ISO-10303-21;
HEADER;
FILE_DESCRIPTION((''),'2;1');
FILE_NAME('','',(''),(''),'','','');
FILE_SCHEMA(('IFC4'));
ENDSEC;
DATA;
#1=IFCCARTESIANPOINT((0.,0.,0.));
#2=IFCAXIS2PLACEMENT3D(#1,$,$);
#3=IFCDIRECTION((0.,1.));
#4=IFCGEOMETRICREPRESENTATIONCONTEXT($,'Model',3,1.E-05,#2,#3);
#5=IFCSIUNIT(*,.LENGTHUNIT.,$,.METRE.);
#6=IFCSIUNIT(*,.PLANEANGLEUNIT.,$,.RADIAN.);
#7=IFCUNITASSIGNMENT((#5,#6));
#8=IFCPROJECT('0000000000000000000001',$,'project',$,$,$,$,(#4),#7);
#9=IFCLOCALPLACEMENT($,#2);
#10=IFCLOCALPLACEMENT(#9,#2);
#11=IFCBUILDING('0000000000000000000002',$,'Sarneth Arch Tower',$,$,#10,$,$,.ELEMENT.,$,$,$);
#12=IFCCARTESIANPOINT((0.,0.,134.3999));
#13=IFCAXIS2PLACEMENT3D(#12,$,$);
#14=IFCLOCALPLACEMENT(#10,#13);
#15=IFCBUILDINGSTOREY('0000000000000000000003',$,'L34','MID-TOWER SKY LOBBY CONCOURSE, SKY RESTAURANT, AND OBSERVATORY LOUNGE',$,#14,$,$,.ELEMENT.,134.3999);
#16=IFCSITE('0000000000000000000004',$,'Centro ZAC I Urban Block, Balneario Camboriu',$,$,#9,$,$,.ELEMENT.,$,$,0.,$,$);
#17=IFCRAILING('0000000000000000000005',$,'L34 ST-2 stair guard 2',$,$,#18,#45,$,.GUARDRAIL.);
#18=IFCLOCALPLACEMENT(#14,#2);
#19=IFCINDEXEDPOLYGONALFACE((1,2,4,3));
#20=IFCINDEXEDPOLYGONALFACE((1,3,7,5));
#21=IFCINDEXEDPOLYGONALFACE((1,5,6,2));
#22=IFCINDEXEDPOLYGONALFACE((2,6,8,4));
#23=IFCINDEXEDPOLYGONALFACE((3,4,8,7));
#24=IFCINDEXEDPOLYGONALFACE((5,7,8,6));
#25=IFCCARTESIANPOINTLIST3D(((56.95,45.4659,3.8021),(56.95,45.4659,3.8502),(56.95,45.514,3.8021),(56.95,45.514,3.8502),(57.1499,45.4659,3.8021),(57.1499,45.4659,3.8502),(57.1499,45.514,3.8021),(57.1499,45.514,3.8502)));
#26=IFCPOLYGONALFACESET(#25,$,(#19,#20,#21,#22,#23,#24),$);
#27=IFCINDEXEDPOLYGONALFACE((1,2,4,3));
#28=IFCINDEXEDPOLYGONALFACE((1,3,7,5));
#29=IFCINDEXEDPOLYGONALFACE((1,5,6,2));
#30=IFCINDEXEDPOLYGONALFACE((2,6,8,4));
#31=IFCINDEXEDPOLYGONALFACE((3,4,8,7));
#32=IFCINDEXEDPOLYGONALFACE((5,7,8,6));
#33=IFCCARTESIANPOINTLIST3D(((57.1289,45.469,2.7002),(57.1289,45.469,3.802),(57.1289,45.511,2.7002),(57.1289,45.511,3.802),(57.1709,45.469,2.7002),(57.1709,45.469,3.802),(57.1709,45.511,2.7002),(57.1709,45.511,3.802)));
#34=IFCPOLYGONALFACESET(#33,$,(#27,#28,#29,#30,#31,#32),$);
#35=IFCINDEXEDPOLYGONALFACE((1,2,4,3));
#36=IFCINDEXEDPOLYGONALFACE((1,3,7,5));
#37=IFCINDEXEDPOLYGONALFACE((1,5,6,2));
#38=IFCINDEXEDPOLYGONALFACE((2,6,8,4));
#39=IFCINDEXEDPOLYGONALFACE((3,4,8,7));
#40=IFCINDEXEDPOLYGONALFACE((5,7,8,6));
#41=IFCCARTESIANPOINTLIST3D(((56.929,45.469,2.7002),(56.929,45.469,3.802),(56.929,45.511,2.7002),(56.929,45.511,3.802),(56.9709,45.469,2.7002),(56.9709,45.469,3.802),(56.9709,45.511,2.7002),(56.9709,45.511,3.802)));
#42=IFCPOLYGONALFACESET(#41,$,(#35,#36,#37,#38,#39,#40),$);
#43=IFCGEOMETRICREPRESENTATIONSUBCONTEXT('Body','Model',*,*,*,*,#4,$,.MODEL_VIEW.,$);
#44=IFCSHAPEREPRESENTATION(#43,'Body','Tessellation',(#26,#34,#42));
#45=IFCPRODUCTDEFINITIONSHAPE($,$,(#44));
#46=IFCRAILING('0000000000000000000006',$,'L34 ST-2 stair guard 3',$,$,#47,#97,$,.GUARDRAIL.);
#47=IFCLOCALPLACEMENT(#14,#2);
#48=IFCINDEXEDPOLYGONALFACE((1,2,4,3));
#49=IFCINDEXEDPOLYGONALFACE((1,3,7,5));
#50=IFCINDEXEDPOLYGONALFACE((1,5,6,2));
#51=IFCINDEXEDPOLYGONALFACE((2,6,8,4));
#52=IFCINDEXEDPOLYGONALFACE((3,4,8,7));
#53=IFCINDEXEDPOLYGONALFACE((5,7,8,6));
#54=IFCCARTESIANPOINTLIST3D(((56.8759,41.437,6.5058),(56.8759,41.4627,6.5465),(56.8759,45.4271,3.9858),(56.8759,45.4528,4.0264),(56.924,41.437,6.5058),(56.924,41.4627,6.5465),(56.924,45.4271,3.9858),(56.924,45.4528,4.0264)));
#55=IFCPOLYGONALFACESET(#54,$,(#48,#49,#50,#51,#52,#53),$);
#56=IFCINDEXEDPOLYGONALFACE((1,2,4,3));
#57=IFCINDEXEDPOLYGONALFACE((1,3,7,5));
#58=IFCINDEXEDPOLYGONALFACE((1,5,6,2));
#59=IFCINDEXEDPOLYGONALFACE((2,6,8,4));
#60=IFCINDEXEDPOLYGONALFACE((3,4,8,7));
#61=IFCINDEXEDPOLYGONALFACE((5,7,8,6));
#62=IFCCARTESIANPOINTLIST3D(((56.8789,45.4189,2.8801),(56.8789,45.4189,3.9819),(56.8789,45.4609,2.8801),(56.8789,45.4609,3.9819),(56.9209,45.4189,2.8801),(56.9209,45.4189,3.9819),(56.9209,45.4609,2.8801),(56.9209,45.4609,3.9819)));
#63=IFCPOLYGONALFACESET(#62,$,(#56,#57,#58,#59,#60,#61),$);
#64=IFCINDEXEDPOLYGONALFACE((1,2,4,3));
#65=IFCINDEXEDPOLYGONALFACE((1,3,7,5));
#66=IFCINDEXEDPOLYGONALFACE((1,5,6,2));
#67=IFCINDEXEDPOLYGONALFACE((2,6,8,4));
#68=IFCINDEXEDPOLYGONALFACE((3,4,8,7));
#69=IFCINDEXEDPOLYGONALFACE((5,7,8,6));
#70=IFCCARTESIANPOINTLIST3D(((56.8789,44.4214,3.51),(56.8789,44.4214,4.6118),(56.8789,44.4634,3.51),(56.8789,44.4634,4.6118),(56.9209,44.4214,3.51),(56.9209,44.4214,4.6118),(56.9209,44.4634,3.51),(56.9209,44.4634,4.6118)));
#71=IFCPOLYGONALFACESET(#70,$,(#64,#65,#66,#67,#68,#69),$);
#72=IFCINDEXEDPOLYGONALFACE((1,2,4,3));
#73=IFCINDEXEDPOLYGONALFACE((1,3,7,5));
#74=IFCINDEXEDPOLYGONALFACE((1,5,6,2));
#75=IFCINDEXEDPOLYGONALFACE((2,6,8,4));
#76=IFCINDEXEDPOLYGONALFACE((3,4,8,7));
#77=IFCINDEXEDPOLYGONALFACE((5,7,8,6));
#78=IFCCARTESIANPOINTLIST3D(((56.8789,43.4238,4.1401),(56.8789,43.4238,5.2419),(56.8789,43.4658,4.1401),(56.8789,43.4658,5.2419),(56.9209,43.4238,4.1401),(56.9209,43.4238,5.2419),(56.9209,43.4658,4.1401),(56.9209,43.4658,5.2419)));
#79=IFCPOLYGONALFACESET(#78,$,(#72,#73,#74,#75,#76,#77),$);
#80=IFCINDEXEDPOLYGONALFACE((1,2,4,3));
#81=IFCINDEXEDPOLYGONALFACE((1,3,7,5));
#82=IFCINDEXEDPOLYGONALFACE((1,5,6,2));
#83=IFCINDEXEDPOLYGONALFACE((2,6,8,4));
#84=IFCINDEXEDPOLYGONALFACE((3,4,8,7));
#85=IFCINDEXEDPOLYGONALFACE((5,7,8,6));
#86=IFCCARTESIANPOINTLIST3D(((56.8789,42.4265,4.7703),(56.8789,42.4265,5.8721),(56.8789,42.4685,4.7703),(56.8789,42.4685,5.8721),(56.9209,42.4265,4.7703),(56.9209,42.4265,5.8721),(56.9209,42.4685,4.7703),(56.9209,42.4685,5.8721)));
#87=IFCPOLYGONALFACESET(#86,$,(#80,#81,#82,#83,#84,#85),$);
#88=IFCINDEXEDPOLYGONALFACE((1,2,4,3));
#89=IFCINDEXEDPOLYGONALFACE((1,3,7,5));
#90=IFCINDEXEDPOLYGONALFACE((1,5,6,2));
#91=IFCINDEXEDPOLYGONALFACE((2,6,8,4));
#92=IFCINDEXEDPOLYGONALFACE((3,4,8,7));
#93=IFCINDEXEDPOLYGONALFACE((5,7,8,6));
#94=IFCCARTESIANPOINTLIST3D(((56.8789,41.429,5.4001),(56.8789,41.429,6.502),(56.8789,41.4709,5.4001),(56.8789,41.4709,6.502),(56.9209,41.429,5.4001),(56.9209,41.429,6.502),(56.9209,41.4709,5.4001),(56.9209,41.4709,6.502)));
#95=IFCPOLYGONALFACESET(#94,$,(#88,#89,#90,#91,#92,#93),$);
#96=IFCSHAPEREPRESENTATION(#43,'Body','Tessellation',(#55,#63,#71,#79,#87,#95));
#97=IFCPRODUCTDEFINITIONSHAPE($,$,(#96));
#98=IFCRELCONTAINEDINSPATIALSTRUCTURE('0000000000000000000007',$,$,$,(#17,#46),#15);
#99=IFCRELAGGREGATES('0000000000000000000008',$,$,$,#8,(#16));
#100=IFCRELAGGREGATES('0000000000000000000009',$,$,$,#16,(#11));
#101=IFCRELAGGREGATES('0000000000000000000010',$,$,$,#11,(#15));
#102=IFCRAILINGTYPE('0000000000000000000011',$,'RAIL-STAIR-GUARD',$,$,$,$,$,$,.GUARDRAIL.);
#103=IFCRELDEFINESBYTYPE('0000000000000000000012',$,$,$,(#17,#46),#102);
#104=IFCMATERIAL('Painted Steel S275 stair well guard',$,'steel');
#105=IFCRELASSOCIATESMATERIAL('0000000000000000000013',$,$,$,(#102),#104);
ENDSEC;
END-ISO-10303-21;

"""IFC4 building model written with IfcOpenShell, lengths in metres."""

from ifc_helpers import new_model, si_unit, direction, frame, origin, origin_2d, place, context, subcontext, project, spatial, rectangle, extrude, material, type_object, element, save


model = new_model("IFC4")

# Units and contexts
model_context = context("Model", 3, precision=1e-05, world=origin(), true_north=direction((0.0, 1.0)))
body_context = subcontext(model_context, "Body", "Model", "MODEL_VIEW")
ifc_project = project(units=[si_unit("LENGTHUNIT", "METRE"), si_unit("PLANEANGLEUNIT", "RADIAN")], contexts=[model_context])

# Site, building, storey
site_placement = place(None, origin())
site = spatial("IfcSite", under=ifc_project, at=site_placement, Name="Centro ZAC I Urban Block, Balneario Camboriu", CompositionType="ELEMENT", RefElevation=0.0)
building_placement = place(site_placement, origin())
building = spatial("IfcBuilding", under=site, at=building_placement, Name="Sarneth Arch Tower", CompositionType="ELEMENT")
storey_placement = place(building_placement, frame((0.0, 0.0, 134.3999)))
storey = spatial("IfcBuildingStorey", under=building, at=storey_placement, Name="L34", Description="MID-TOWER SKY LOBBY CONCOURSE, SKY RESTAURANT, AND OBSERVATORY LOUNGE", CompositionType="ELEMENT", Elevation=134.3999)

# Railings
ifc_material_1 = material(Name="Painted Steel S275 stair well guard", Category="steel")
railing_type_1 = type_object("IfcRailingType", Name="RAIL-STAIR-GUARD", PredefinedType="GUARDRAIL", material=ifc_material_1)
railing_1_placement = place(storey_placement, frame((57.1499, 45.49, 2.7002)))
element("IfcRailing", 1, at=railing_1_placement, inside=storey, type_object=railing_type_1, Name="L34 ST-2 stair guard 2", PredefinedType="GUARDRAIL", context=body_context, shape_type="SweptSolid", body=[
    extrude(rectangle(XDim=0.0481, YDim=0.0481, at=origin_2d()), frame((0.0, 0.0, 1.126), z_axis=(-1.0, 0.0, 0.0), x_axis=(0.0, -1.0, 0.0)), (0.0, 0.0, 1.0), 0.2),
    extrude(rectangle(XDim=0.042, YDim=0.042, at=origin_2d()), origin(), (0.0, 0.0, 1.0), 1.1018),
    extrude(rectangle(XDim=0.042, YDim=0.042, at=origin_2d()), frame((-0.2, 0.0, 0.0)), (0.0, 0.0, 1.0), 1.1018),
])
railing_2_placement = place(storey_placement, frame((56.8999, 45.4399, 2.8801)))
element("IfcRailing", 2, at=railing_2_placement, inside=storey, type_object=railing_type_1, Name="L34 ST-2 stair guard 3", PredefinedType="GUARDRAIL", context=body_context, shape_type="SweptSolid", body=[
    extrude(rectangle(XDim=0.0481, YDim=0.0481, at=origin_2d()), frame((0.0, 0.0, 1.126), z_axis=(0.0, -0.845486, 0.533997), x_axis=(1.0, 0.0, 0.0)), (0.0, 0.0, 1.0), 4.7192),
    extrude(rectangle(XDim=0.042, YDim=0.042, at=origin_2d()), origin(), (0.0, 0.0, 1.0), 1.1018),
    extrude(rectangle(XDim=0.042, YDim=0.042, at=origin_2d()), frame((0.0, -0.9976, 0.6299)), (0.0, 0.0, 1.0), 1.1018),
    extrude(rectangle(XDim=0.042, YDim=0.042, at=origin_2d()), frame((0.0, -1.9951, 1.26)), (0.0, 0.0, 1.0), 1.1018),
    extrude(rectangle(XDim=0.042, YDim=0.042, at=origin_2d()), frame((0.0, -2.9924, 1.8901)), (0.0, 0.0, 1.0), 1.1018),
    extrude(rectangle(XDim=0.042, YDim=0.042, at=origin_2d()), frame((0.0, -3.99, 2.52)), (0.0, 0.0, 1.0), 1.1018),
])

save(model, "model.ifc")
